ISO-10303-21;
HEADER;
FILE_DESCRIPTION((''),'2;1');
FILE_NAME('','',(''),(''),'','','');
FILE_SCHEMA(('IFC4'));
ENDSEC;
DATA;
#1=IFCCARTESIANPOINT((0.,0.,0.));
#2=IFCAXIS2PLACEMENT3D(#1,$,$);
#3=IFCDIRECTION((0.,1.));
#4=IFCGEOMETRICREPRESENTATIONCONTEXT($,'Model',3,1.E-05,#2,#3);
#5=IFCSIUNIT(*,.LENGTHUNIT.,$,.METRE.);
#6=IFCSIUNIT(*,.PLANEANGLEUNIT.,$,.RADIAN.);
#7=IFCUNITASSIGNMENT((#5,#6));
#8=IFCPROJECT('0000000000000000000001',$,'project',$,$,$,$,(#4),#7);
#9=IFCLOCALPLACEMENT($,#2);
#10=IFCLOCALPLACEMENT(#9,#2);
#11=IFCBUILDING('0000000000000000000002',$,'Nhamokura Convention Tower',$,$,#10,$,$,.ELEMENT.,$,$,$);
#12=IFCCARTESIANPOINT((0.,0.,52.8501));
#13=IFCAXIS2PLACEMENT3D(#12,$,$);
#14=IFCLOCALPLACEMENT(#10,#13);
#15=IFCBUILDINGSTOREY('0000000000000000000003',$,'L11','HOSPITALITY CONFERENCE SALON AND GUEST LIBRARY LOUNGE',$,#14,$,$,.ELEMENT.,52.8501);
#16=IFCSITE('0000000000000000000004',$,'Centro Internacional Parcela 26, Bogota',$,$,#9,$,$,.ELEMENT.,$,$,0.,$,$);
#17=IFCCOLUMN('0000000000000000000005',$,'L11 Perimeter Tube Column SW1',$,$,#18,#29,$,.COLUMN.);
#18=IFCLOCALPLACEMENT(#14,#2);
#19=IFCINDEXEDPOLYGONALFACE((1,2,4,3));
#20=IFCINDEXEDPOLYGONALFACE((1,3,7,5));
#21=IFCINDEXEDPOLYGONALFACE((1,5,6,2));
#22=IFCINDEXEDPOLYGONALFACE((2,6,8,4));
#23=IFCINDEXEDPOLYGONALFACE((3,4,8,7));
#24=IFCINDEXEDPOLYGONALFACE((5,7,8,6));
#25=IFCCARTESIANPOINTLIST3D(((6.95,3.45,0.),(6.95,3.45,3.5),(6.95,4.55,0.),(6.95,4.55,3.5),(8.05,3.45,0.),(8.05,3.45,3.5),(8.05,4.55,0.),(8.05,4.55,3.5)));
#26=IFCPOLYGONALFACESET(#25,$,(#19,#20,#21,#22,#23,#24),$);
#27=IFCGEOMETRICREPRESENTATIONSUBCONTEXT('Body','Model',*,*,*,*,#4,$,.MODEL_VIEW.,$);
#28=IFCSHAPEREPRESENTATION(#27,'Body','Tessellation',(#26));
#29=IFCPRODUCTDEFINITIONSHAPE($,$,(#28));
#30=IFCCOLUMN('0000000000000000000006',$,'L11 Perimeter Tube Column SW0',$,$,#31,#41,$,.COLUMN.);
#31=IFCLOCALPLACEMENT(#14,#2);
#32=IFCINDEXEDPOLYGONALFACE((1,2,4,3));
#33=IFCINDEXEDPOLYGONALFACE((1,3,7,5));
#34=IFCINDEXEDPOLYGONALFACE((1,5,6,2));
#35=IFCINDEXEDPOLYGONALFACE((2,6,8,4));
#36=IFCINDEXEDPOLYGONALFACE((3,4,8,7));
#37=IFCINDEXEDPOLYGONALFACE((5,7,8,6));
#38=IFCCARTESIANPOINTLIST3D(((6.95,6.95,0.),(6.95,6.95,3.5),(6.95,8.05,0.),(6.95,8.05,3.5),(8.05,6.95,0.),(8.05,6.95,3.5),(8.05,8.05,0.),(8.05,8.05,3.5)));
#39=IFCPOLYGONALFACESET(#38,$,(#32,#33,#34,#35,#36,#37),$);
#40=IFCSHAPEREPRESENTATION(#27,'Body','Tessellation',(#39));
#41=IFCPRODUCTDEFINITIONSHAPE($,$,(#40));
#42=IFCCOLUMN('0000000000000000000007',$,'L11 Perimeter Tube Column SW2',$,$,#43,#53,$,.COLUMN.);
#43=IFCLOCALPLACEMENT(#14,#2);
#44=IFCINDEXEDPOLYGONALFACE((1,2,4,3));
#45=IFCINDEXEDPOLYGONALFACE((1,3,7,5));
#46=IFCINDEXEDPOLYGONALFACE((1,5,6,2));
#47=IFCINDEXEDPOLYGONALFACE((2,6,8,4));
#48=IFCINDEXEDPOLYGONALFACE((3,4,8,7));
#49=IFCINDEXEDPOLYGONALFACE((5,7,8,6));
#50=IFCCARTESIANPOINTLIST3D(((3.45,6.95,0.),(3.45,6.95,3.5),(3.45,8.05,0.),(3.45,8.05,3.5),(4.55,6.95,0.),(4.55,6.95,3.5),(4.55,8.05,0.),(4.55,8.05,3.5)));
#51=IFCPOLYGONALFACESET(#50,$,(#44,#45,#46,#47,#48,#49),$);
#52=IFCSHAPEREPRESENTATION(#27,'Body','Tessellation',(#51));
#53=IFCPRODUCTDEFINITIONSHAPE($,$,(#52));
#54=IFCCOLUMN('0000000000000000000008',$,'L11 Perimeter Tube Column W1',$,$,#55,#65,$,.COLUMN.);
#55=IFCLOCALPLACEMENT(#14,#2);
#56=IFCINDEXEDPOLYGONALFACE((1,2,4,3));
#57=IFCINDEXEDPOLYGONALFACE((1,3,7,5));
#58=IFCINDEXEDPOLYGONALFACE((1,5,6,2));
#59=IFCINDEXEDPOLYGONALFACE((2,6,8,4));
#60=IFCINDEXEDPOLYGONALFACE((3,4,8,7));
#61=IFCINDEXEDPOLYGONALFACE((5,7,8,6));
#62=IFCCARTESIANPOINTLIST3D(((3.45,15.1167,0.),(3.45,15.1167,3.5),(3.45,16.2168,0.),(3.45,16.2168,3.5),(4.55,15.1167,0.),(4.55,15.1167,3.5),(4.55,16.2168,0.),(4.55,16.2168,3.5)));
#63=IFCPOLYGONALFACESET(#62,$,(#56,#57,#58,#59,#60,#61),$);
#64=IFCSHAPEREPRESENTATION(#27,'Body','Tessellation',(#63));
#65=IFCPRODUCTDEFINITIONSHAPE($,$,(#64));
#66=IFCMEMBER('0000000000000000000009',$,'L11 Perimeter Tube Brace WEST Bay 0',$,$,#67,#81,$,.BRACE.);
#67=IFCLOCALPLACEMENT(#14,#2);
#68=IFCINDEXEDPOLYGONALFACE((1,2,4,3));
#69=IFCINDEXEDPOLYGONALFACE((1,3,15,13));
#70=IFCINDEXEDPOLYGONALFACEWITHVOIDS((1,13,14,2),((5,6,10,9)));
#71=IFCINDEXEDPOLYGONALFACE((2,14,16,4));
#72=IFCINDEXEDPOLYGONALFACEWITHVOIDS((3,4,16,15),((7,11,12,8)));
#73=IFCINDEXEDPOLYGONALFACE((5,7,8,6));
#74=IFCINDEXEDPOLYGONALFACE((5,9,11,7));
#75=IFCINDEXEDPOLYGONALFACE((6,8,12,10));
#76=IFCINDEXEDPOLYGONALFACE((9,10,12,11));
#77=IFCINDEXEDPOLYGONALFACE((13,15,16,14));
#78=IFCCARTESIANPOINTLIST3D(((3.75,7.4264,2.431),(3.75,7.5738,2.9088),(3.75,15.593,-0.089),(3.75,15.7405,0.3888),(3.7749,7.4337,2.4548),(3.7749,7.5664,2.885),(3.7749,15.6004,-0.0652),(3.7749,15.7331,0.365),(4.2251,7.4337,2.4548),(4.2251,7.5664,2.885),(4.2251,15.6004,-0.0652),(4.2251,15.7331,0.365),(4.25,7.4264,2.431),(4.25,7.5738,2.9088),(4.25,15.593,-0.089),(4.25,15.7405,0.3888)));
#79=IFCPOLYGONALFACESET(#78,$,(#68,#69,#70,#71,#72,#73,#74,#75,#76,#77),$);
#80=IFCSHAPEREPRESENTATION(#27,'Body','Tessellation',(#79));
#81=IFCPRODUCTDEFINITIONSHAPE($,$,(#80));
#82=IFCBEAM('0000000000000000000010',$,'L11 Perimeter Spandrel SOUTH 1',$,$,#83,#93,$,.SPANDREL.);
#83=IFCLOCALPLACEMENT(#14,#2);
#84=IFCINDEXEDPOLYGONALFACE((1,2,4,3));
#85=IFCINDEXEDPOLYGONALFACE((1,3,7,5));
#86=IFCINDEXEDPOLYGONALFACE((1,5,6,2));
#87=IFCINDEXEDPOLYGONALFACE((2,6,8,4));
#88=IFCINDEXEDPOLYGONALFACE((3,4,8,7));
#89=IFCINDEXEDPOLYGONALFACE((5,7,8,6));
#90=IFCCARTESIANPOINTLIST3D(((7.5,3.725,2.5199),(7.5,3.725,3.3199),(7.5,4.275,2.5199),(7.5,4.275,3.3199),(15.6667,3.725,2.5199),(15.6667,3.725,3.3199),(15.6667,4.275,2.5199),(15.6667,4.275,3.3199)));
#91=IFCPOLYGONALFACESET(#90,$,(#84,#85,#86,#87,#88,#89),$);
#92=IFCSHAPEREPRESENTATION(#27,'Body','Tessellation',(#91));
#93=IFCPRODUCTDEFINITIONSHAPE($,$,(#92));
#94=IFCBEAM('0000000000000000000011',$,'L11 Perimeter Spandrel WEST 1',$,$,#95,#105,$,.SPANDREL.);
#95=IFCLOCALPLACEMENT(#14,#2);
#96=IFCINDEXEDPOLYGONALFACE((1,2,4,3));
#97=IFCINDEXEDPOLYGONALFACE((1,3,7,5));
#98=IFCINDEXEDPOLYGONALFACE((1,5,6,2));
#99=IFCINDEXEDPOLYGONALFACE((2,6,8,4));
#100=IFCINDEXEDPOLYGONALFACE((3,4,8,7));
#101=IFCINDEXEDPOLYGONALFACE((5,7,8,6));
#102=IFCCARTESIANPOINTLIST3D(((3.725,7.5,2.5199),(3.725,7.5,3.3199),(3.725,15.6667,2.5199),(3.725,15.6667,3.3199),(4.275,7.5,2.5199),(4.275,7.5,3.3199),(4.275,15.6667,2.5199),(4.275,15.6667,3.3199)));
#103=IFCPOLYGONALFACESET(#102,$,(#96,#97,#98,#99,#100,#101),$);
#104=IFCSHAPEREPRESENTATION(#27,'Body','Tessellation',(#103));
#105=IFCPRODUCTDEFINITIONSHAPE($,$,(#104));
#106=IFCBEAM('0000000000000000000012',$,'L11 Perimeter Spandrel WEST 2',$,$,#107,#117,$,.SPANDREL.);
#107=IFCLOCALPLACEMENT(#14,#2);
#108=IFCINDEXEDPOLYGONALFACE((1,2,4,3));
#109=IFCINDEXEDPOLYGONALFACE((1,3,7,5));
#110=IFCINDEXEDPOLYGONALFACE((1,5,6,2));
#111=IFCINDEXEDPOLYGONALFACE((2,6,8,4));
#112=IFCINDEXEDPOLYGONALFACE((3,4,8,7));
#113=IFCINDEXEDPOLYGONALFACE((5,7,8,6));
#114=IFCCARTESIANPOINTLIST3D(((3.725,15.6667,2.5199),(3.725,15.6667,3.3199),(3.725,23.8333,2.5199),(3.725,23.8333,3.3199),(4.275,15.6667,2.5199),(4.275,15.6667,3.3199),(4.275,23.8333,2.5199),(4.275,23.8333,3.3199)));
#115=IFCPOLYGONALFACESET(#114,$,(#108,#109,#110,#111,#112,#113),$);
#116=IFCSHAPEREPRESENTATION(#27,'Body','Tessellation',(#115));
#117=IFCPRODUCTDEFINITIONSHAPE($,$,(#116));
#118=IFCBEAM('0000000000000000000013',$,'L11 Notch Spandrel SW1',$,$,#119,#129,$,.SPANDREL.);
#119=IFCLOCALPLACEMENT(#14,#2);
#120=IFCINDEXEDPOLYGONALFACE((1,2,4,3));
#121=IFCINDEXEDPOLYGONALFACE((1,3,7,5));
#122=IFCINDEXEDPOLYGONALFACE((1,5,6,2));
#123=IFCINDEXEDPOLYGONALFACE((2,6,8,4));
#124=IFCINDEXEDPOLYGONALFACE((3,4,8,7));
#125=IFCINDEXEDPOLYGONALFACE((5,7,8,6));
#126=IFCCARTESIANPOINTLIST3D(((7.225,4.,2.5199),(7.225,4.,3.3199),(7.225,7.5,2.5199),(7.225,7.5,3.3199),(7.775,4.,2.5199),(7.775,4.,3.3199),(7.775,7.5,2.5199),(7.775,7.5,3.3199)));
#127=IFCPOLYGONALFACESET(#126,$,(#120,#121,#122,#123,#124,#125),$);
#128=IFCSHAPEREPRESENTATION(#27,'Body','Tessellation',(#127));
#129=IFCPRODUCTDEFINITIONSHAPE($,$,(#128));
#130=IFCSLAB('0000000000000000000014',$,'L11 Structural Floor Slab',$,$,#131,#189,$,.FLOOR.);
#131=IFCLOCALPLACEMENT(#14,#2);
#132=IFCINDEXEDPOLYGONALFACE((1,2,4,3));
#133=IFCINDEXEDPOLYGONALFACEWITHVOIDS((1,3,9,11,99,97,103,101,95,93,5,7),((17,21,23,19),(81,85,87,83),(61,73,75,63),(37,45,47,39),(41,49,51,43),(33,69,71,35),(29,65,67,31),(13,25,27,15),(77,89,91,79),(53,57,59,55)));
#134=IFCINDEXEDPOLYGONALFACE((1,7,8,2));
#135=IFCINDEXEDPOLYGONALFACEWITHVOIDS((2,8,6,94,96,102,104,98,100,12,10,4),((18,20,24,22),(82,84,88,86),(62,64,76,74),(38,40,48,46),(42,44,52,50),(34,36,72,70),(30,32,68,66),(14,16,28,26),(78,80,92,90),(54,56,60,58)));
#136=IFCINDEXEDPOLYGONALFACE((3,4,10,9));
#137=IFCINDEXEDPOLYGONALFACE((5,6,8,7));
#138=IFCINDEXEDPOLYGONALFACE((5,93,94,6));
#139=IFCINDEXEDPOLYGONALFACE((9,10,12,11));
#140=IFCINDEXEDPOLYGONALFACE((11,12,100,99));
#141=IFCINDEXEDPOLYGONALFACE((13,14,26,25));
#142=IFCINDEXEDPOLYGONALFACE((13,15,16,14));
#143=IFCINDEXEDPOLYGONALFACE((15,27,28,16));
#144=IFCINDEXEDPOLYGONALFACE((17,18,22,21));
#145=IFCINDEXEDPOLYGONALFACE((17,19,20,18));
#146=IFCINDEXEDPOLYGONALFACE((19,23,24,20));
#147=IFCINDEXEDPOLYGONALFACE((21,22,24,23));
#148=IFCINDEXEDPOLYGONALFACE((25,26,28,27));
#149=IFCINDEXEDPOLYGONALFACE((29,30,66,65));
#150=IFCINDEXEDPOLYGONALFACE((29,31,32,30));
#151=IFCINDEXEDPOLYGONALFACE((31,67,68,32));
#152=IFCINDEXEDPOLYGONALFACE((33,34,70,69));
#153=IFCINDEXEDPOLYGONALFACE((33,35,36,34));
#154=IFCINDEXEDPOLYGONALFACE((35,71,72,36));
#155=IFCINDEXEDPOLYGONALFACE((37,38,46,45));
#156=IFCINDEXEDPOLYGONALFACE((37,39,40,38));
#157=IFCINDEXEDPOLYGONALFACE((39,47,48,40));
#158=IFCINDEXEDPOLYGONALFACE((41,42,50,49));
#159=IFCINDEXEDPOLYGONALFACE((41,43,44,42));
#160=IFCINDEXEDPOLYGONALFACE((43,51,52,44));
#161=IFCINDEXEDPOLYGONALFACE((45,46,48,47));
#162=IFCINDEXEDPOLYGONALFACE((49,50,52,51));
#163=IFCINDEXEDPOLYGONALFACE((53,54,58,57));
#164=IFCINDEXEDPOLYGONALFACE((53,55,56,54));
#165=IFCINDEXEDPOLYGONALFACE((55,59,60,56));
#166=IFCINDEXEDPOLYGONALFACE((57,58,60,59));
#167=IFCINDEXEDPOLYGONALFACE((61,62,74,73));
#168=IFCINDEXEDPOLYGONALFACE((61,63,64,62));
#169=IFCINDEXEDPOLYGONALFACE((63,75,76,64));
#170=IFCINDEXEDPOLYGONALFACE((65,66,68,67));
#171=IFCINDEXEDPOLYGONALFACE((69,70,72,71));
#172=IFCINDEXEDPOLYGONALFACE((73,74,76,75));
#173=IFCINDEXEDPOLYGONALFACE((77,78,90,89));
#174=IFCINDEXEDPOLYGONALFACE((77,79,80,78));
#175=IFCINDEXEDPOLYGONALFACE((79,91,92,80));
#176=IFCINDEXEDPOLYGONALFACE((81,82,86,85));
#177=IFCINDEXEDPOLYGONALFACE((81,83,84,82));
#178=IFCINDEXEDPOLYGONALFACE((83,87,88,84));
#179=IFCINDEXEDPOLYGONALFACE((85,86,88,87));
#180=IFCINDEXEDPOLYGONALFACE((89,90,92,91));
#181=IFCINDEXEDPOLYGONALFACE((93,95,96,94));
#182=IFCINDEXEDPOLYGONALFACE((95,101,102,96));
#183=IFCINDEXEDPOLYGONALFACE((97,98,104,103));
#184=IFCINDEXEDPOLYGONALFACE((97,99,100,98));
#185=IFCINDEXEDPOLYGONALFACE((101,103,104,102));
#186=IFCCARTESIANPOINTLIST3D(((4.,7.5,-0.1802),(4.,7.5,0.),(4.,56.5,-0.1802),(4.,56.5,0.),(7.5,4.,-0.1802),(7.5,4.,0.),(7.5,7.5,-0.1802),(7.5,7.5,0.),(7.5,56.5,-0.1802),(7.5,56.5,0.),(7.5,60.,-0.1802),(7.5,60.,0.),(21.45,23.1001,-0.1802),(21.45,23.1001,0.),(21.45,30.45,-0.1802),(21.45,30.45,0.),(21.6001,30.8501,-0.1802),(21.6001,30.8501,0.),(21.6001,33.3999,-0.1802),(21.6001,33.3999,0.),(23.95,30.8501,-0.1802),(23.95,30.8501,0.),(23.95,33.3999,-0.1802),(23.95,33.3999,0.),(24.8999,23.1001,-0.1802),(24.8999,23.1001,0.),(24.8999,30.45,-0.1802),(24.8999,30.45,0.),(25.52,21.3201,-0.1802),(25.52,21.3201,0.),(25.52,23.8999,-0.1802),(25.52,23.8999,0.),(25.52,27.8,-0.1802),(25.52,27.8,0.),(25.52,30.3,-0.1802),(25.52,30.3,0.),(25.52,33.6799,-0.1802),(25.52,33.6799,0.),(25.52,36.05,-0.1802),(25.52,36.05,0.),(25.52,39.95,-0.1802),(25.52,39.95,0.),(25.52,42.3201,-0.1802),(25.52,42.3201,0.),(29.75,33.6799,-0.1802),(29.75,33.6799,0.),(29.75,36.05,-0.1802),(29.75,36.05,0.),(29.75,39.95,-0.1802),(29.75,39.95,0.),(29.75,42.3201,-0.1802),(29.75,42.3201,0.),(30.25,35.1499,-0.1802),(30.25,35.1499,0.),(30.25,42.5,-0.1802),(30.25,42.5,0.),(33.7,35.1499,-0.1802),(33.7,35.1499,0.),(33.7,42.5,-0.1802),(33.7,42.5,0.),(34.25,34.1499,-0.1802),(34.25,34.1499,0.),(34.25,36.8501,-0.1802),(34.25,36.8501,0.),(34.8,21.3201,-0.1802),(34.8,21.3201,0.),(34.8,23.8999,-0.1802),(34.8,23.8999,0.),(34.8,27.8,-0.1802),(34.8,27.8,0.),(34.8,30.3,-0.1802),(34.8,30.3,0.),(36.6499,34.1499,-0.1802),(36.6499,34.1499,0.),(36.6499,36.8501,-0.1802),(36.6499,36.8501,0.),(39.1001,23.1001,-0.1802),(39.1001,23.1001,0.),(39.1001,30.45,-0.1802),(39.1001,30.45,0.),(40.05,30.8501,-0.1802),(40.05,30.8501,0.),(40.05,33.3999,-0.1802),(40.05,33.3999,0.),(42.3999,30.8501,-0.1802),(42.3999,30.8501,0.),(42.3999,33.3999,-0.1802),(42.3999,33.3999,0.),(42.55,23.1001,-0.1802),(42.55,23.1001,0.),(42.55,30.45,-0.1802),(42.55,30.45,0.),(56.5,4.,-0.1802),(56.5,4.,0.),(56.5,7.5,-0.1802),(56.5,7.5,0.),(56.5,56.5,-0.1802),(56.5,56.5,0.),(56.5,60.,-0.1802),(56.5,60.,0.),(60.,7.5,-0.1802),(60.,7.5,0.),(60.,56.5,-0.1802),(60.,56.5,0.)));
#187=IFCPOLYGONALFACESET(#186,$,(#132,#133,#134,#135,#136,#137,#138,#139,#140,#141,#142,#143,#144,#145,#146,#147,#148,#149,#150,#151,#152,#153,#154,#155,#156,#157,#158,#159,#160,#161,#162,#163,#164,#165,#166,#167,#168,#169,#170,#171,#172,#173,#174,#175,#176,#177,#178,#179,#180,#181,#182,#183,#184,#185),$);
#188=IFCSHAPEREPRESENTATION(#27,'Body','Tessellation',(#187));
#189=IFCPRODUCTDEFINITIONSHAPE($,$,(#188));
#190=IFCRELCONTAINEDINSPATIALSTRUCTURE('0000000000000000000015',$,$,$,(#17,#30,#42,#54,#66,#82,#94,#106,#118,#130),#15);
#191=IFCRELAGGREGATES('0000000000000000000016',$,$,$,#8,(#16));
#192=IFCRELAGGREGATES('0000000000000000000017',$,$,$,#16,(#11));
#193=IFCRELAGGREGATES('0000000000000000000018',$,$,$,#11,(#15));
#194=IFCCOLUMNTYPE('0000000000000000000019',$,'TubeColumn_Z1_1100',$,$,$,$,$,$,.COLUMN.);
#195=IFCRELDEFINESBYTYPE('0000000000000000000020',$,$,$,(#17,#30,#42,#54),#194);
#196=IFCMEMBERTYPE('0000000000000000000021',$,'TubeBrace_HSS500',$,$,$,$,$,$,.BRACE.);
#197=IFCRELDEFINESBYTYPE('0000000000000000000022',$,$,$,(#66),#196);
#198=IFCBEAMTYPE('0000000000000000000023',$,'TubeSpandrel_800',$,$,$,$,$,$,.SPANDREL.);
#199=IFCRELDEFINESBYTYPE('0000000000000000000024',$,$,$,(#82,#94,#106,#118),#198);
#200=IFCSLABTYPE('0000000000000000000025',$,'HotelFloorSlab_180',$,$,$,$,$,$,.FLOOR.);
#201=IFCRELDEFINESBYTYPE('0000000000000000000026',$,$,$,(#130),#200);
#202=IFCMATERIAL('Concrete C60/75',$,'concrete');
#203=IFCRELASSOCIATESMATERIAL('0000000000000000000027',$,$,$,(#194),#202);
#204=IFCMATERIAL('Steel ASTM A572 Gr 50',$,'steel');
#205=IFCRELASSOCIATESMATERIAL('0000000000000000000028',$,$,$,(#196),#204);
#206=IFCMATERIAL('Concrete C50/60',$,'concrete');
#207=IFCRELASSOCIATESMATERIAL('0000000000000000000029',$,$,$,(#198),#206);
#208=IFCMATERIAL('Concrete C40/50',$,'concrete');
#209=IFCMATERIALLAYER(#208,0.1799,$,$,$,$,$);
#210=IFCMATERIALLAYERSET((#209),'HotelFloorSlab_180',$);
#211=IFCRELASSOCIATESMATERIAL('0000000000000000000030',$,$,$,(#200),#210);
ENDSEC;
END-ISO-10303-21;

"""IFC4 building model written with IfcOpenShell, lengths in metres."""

from ifc_helpers import new_model, si_unit, direction, frame, origin, origin_2d, place, context, subcontext, project, spatial, polyline, rectangle, hollow_rectangle, outline, extrude, material, layer, layer_set, material_profile, profile_set, type_object, element, save


model = new_model("IFC4")

# Units and contexts
model_context = context("Model", 3, precision=1e-05, world=origin(), true_north=direction((0.0, 1.0)))
body_context = subcontext(model_context, "Body", "Model", "MODEL_VIEW")
ifc_project = project(units=[si_unit("LENGTHUNIT", "METRE"), si_unit("PLANEANGLEUNIT", "RADIAN")], contexts=[model_context])

# Site, building, storey
site_placement = place(None, origin())
site = spatial("IfcSite", under=ifc_project, at=site_placement, Name="Centro Internacional Parcela 26, Bogota", CompositionType="ELEMENT", RefElevation=0.0)
building_placement = place(site_placement, origin())
building = spatial("IfcBuilding", under=site, at=building_placement, Name="Nhamokura Convention Tower", CompositionType="ELEMENT")
storey_placement = place(building_placement, frame((0.0, 0.0, 52.8501)))
storey = spatial("IfcBuildingStorey", under=building, at=storey_placement, Name="L11", Description="HOSPITALITY CONFERENCE SALON AND GUEST LIBRARY LOUNGE", CompositionType="ELEMENT", Elevation=52.8501)

# Columns
ifc_material_1 = material(Name="Concrete C60/75", Category="concrete")
ifc_material_profile_1 = material_profile(ifc_material_1, rectangle(XDim=1.1001, YDim=1.1001, at=origin_2d()))
ifc_profile_set_1 = profile_set([ifc_material_profile_1], Name="Concrete C60/75")
column_type = type_object("IfcColumnType", Name="TubeColumn_Z1_1100", PredefinedType="COLUMN", material=ifc_profile_set_1)
for number, where, z_axis, x_axis, name in (
    (1, (7.5, 4.0, 0.0), (0.0, 0.0, 1.0), (1.0, 0.0, 0.0), "L11 Perimeter Tube Column SW1"),
    (2, (7.5, 7.5, 0.0), (0.0, 0.0, 1.0), (1.0, 0.0, 0.0), "L11 Perimeter Tube Column SW0"),
    (3, (4.0, 7.5, 0.0), (0.0, 0.0, 1.0), (1.0, 0.0, 0.0), "L11 Perimeter Tube Column SW2"),
    (4, (4.0, 15.6667, 0.0), (0.0, 0.0, 1.0), (1.0, 0.0, 0.0), "L11 Perimeter Tube Column W1"),
):
    element("IfcColumn", number, at=place(storey_placement, frame(where, z_axis=z_axis, x_axis=x_axis)), inside=storey, type_object=column_type, Name=name, PredefinedType="COLUMN", context=body_context, shape_type="SweptSolid", body=[
        extrude(rectangle(XDim=1.1001, YDim=1.1001, at=origin_2d()), origin(), (0.0, 0.0, 1.0), 3.5),
    ])

# Member
ifc_material_2 = material(Name="Steel ASTM A572 Gr 50", Category="steel")
ifc_material_profile_2 = material_profile(ifc_material_2, hollow_rectangle(XDim=0.5, YDim=0.5, WallThickness=0.0249, at=origin_2d()))
ifc_profile_set_2 = profile_set([ifc_material_profile_2], Name="Steel ASTM A572 Gr 50")
member_type = type_object("IfcMemberType", Name="TubeBrace_HSS500", PredefinedType="BRACE", material=ifc_profile_set_2)
member_placement = place(storey_placement, frame((4.0, 15.6667, 0.1499), z_axis=(0.0, -0.955543, 0.294853), x_axis=(1.0, 0.0, 0.0)))
element("IfcMember", 5, at=member_placement, inside=storey, type_object=member_type, Name="L11 Perimeter Tube Brace WEST Bay 0", PredefinedType="BRACE", context=body_context, shape_type="SweptSolid", body=[
    extrude(hollow_rectangle(XDim=0.5, YDim=0.5, WallThickness=0.0249, at=origin_2d()), origin(), (0.0, 0.0, 1.0), 8.5466),
])

# Beams
ifc_material_3 = material(Name="Concrete C50/60", Category="concrete")
ifc_material_profile_3 = material_profile(ifc_material_3, rectangle(XDim=0.55, YDim=0.8, at=origin_2d()))
ifc_profile_set_3 = profile_set([ifc_material_profile_3], Name="Concrete C50/60")
beam_type = type_object("IfcBeamType", Name="TubeSpandrel_800", PredefinedType="SPANDREL", material=ifc_profile_set_3)
for number, where, z_axis, x_axis, name in (
    (6, (7.5, 4.0, 2.9199), (1.0, 0.0, 0.0), (0.0, 1.0, 0.0), "L11 Perimeter Spandrel SOUTH 1"),
    (7, (4.0, 7.5, 2.9199), (0.0, 1.0, 0.0), (-1.0, 0.0, 0.0), "L11 Perimeter Spandrel WEST 1"),
):
    element("IfcBeam", number, at=place(storey_placement, frame(where, z_axis=z_axis, x_axis=x_axis)), inside=storey, type_object=beam_type, Name=name, PredefinedType="SPANDREL", context=body_context, shape_type="SweptSolid", body=[
        extrude(rectangle(XDim=0.55, YDim=0.8, at=origin_2d()), origin(), (0.0, 0.0, 1.0), 8.1667),
    ])
beam_1_placement = place(storey_placement, frame((4.0, 15.6667, 2.9199), z_axis=(0.0, 1.0, 0.0), x_axis=(-1.0, 0.0, 0.0)))
element("IfcBeam", 8, at=beam_1_placement, inside=storey, type_object=beam_type, Name="L11 Perimeter Spandrel WEST 2", PredefinedType="SPANDREL", context=body_context, shape_type="SweptSolid", body=[
    extrude(rectangle(XDim=0.55, YDim=0.8, at=origin_2d()), origin(), (0.0, 0.0, 1.0), 8.1665),
])
beam_2_placement = place(storey_placement, frame((7.5, 4.0, 2.9199), z_axis=(0.0, 1.0, 0.0), x_axis=(-1.0, 0.0, 0.0)))
element("IfcBeam", 9, at=beam_2_placement, inside=storey, type_object=beam_type, Name="L11 Notch Spandrel SW1", PredefinedType="SPANDREL", context=body_context, shape_type="SweptSolid", body=[
    extrude(rectangle(XDim=0.55, YDim=0.8, at=origin_2d()), origin(), (0.0, 0.0, 1.0), 3.5),
])

# Slab
ifc_material_4 = material(Name="Concrete C40/50", Category="concrete")
ifc_layer_1 = layer(ifc_material_4, 0.1799)
ifc_layer_set_1 = layer_set([ifc_layer_1], Name="HotelFloorSlab_180")
slab_type_1 = type_object("IfcSlabType", Name="HotelFloorSlab_180", PredefinedType="FLOOR", material=ifc_layer_set_1)
slab_1_placement = place(storey_placement, frame((0.0, 0.0, -0.1802)))
element("IfcSlab", 10, at=slab_1_placement, inside=storey, type_object=slab_type_1, Name="L11 Structural Floor Slab", PredefinedType="FLOOR", context=body_context, shape_type="SweptSolid", body=[
    extrude(outline(polyline([(7.5, 4.0), (56.5, 4.0), (56.5, 7.5), (60.0, 7.5), (60.0, 56.5), (56.5, 56.5), (56.5, 60.0), (7.5, 60.0), (7.5, 56.5), (4.0, 56.5), (4.0, 7.5), (7.5, 7.5), (7.5, 4.0)]), holes=[polyline([(24.8999, 23.1001), (24.8999, 30.45), (21.45, 30.45), (21.45, 23.1001), (24.8999, 23.1001)]), polyline([(42.55, 23.1001), (42.55, 30.45), (39.1001, 30.45), (39.1001, 23.1001), (42.55, 23.1001)]), polyline([(33.7, 35.1499), (33.7, 42.5), (30.25, 42.5), (30.25, 35.1499), (33.7, 35.1499)]), polyline([(21.6001, 30.8501), (23.95, 30.8501), (23.95, 33.3999), (21.6001, 33.3999), (21.6001, 30.8501)]), polyline([(40.05, 30.8501), (42.3999, 30.8501), (42.3999, 33.3999), (40.05, 33.3999), (40.05, 30.8501)]), polyline([(34.25, 34.1499), (36.6499, 34.1499), (36.6499, 36.8501), (34.25, 36.8501), (34.25, 34.1499)]), polyline([(25.52, 21.3201), (34.8, 21.3201), (34.8, 23.8999), (25.52, 23.8999), (25.52, 21.3201)]), polyline([(25.52, 27.8), (34.8, 27.8), (34.8, 30.3), (25.52, 30.3), (25.52, 27.8)]), polyline([(25.52, 33.6799), (29.75, 33.6799), (29.75, 36.05), (25.52, 36.05), (25.52, 33.6799)]), polyline([(25.52, 39.95), (29.75, 39.95), (29.75, 42.3201), (25.52, 42.3201), (25.52, 39.95)])]), origin(), (0.0, 0.0, 1.0), 0.1802),
])

save(model, "model.ifc")
